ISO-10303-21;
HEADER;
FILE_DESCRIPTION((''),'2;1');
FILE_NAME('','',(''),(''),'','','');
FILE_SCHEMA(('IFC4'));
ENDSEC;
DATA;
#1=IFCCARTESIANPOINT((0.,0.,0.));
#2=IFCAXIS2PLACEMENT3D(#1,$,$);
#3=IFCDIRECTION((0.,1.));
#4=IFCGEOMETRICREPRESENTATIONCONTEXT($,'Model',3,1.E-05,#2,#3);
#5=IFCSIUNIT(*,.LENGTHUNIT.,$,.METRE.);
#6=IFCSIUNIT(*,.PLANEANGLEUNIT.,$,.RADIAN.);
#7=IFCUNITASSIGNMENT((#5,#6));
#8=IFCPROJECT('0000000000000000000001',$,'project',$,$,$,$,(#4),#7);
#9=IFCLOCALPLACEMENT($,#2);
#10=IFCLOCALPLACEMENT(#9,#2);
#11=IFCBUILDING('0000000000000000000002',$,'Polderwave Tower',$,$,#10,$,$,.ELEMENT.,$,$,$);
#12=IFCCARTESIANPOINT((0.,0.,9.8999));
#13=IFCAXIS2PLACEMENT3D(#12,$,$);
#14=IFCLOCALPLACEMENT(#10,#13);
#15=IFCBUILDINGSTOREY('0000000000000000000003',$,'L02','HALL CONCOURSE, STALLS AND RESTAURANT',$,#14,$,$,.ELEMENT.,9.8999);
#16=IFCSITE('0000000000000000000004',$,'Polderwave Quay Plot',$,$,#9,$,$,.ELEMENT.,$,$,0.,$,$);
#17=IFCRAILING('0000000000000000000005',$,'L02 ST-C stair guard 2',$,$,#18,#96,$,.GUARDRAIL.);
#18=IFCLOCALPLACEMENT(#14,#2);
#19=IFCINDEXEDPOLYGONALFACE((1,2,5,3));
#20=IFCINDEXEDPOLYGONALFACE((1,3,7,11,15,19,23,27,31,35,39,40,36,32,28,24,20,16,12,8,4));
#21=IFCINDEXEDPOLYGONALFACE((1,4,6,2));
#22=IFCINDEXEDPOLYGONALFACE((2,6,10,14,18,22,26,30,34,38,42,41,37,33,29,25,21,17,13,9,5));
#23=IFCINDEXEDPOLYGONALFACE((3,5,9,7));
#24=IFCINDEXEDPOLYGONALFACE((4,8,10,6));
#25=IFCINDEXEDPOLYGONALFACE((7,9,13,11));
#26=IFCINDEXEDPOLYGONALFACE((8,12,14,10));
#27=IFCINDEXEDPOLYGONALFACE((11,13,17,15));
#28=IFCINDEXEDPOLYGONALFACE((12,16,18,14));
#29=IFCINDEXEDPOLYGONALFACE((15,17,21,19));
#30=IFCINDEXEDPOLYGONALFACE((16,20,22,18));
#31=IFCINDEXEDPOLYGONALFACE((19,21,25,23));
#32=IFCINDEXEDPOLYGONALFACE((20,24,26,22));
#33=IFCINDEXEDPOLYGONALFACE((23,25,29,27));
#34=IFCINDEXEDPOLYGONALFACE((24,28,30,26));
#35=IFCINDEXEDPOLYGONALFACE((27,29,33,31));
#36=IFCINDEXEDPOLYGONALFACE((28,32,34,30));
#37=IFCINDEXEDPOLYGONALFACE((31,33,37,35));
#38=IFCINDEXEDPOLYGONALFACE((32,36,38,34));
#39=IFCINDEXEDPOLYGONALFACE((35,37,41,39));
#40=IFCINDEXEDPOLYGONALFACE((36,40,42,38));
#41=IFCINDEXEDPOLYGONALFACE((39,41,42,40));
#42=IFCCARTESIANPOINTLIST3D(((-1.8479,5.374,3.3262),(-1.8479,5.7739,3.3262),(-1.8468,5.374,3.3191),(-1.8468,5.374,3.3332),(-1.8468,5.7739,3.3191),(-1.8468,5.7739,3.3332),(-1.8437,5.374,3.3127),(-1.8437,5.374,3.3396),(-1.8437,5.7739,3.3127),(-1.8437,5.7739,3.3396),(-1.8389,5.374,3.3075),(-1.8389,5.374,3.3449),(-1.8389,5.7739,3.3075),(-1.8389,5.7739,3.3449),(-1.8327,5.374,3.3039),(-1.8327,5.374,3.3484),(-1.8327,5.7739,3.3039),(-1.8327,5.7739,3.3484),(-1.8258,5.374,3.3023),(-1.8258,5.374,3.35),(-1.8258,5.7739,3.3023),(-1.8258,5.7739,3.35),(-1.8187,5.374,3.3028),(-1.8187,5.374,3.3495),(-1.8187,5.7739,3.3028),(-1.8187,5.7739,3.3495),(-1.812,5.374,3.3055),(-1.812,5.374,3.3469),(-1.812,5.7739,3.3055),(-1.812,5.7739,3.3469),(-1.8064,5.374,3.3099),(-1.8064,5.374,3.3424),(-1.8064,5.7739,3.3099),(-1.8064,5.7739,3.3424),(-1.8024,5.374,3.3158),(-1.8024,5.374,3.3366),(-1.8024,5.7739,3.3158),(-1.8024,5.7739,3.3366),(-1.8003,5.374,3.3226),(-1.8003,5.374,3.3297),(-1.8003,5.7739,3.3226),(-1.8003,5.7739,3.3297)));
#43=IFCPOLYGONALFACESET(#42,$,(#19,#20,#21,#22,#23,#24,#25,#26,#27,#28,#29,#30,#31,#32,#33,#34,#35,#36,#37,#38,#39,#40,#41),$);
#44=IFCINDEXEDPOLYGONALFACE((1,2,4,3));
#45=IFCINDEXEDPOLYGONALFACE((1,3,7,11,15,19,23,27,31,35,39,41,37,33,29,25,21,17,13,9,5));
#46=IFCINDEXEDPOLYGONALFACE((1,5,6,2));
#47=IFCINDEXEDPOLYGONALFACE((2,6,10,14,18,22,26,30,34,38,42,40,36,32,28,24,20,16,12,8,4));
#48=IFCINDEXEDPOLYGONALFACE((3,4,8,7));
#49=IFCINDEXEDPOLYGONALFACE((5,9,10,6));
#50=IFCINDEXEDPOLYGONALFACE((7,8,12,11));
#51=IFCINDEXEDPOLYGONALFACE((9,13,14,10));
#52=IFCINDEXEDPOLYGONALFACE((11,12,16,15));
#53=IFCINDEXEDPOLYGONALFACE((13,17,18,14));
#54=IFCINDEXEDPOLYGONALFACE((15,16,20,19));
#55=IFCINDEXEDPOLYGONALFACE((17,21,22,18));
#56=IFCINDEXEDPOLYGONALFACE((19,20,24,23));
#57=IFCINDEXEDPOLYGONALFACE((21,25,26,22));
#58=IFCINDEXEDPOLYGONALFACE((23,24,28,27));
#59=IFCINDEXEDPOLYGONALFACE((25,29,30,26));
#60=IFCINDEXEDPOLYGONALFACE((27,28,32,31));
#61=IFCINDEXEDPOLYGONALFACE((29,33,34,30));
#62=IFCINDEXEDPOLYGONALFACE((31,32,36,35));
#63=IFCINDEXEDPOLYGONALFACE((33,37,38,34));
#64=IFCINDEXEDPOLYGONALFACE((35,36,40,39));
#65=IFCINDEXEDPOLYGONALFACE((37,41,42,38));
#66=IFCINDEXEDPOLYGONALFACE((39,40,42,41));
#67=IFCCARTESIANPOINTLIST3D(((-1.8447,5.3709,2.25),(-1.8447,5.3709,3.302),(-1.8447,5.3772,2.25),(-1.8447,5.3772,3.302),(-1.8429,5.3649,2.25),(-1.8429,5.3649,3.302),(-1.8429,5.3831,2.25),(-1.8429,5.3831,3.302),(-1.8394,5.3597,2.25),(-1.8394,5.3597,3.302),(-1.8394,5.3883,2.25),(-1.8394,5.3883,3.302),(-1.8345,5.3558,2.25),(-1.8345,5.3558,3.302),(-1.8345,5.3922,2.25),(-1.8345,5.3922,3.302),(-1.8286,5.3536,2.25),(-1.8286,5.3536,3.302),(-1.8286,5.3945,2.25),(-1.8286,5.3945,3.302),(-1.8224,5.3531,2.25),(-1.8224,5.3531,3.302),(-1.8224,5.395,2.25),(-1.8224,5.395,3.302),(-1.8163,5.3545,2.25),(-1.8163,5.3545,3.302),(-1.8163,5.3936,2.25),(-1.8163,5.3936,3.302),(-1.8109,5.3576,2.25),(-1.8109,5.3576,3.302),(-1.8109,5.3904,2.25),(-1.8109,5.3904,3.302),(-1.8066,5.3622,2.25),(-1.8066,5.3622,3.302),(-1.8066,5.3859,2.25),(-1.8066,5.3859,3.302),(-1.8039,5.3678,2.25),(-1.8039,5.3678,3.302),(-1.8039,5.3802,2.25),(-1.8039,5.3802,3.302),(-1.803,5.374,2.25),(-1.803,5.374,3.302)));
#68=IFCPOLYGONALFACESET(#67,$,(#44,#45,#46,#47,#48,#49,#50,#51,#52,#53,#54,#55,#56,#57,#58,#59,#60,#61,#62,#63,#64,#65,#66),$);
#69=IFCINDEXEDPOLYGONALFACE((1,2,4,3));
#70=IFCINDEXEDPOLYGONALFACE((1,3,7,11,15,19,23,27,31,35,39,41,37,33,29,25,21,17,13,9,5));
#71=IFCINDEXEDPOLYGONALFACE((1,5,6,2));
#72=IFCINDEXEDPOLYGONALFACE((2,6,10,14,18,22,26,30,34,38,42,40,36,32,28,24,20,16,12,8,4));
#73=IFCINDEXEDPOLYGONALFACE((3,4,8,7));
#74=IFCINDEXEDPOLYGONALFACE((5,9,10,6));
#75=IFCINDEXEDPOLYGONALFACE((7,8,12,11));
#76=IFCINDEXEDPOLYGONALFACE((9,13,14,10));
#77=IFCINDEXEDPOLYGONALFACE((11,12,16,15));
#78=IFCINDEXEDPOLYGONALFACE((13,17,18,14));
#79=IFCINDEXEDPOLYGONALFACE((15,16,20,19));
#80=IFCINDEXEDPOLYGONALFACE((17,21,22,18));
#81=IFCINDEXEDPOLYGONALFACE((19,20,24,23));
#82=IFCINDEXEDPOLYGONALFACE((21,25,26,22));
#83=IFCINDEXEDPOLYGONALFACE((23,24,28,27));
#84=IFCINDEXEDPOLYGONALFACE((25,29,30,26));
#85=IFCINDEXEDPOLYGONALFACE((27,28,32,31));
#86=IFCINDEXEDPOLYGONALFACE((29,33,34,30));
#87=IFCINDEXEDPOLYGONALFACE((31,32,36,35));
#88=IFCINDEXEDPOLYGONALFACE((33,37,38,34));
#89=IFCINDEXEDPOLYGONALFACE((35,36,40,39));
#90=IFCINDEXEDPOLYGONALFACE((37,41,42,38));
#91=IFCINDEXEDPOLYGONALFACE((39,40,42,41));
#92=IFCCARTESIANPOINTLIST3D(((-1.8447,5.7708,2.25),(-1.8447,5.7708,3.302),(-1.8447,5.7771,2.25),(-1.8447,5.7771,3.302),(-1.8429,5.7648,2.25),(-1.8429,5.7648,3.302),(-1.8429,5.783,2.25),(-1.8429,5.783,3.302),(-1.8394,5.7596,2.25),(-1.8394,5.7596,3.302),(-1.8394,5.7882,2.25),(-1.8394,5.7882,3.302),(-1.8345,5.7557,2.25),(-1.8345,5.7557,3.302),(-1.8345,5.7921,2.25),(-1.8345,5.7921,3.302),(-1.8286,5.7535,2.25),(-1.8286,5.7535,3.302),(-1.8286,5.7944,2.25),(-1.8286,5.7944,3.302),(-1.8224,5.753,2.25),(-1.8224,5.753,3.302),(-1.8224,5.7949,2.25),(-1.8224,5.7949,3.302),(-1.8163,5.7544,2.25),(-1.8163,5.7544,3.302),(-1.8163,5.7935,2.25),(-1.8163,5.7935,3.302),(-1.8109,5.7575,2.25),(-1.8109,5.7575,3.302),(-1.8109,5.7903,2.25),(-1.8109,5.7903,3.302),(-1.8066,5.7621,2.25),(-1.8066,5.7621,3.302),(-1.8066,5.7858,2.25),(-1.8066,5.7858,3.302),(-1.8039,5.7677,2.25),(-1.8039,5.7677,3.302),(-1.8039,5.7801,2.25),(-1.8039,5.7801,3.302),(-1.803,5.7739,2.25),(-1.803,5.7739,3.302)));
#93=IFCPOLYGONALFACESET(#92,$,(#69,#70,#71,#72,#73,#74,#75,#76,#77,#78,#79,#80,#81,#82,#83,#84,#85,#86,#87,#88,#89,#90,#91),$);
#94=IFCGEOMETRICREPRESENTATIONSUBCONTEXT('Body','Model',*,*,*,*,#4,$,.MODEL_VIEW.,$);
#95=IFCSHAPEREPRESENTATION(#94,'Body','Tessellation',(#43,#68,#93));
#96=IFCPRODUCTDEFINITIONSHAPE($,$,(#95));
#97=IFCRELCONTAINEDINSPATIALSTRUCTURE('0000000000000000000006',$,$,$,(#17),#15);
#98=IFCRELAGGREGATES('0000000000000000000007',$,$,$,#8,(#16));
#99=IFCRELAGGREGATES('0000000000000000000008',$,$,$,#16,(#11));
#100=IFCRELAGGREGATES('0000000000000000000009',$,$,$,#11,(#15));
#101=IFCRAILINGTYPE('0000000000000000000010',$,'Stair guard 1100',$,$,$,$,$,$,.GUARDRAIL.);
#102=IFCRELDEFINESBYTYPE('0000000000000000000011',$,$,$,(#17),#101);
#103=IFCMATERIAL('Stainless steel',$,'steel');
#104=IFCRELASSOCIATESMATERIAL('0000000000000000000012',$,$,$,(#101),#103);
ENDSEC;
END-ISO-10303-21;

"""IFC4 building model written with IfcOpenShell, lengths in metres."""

from ifc_helpers import new_model, si_unit, direction, frame, origin, origin_2d, place, context, subcontext, project, spatial, circle, extrude, material, type_object, element, save


model = new_model("IFC4")

# Units and contexts
model_context = context("Model", 3, precision=1e-05, world=origin(), true_north=direction((0.0, 1.0)))
body_context = subcontext(model_context, "Body", "Model", "MODEL_VIEW")
ifc_project = project(units=[si_unit("LENGTHUNIT", "METRE"), si_unit("PLANEANGLEUNIT", "RADIAN")], contexts=[model_context])

# Site, building, storey
site_placement = place(None, origin())
site = spatial("IfcSite", under=ifc_project, at=site_placement, Name="Polderwave Quay Plot", CompositionType="ELEMENT", RefElevation=0.0)
building_placement = place(site_placement, origin())
building = spatial("IfcBuilding", under=site, at=building_placement, Name="Polderwave Tower", CompositionType="ELEMENT")
storey_placement = place(building_placement, frame((0.0, 0.0, 9.8999)))
storey = spatial("IfcBuildingStorey", under=building, at=storey_placement, Name="L02", Description="HALL CONCOURSE, STALLS AND RESTAURANT", CompositionType="ELEMENT", Elevation=9.8999)

# Railing
ifc_material_1 = material(Name="Stainless steel", Category="steel")
railing_type_1 = type_object("IfcRailingType", Name="Stair guard 1100", PredefinedType="GUARDRAIL", material=ifc_material_1)
railing_1_placement = place(storey_placement, frame((-1.824, 5.374, 2.25)))
element("IfcRailing", 1, at=railing_1_placement, inside=storey, type_object=railing_type_1, Name="L02 ST-C stair guard 2", PredefinedType="GUARDRAIL", context=body_context, shape_type="SweptSolid", body=[
    extrude(circle(Radius=0.0239, at=origin_2d()), frame((0.0, 0.0, 1.0762), z_axis=(0.0, 1.0, 0.0), x_axis=(-1.0, 0.0, 0.0)), (0.0, 0.0, 1.0), 0.3999),
    extrude(circle(Radius=0.021, at=origin_2d()), origin(), (0.0, 0.0, 1.0), 1.052),
    extrude(circle(Radius=0.021, at=origin_2d()), frame((0.0, 0.3999, 0.0)), (0.0, 0.0, 1.0), 1.052),
])

save(model, "model.ifc")
